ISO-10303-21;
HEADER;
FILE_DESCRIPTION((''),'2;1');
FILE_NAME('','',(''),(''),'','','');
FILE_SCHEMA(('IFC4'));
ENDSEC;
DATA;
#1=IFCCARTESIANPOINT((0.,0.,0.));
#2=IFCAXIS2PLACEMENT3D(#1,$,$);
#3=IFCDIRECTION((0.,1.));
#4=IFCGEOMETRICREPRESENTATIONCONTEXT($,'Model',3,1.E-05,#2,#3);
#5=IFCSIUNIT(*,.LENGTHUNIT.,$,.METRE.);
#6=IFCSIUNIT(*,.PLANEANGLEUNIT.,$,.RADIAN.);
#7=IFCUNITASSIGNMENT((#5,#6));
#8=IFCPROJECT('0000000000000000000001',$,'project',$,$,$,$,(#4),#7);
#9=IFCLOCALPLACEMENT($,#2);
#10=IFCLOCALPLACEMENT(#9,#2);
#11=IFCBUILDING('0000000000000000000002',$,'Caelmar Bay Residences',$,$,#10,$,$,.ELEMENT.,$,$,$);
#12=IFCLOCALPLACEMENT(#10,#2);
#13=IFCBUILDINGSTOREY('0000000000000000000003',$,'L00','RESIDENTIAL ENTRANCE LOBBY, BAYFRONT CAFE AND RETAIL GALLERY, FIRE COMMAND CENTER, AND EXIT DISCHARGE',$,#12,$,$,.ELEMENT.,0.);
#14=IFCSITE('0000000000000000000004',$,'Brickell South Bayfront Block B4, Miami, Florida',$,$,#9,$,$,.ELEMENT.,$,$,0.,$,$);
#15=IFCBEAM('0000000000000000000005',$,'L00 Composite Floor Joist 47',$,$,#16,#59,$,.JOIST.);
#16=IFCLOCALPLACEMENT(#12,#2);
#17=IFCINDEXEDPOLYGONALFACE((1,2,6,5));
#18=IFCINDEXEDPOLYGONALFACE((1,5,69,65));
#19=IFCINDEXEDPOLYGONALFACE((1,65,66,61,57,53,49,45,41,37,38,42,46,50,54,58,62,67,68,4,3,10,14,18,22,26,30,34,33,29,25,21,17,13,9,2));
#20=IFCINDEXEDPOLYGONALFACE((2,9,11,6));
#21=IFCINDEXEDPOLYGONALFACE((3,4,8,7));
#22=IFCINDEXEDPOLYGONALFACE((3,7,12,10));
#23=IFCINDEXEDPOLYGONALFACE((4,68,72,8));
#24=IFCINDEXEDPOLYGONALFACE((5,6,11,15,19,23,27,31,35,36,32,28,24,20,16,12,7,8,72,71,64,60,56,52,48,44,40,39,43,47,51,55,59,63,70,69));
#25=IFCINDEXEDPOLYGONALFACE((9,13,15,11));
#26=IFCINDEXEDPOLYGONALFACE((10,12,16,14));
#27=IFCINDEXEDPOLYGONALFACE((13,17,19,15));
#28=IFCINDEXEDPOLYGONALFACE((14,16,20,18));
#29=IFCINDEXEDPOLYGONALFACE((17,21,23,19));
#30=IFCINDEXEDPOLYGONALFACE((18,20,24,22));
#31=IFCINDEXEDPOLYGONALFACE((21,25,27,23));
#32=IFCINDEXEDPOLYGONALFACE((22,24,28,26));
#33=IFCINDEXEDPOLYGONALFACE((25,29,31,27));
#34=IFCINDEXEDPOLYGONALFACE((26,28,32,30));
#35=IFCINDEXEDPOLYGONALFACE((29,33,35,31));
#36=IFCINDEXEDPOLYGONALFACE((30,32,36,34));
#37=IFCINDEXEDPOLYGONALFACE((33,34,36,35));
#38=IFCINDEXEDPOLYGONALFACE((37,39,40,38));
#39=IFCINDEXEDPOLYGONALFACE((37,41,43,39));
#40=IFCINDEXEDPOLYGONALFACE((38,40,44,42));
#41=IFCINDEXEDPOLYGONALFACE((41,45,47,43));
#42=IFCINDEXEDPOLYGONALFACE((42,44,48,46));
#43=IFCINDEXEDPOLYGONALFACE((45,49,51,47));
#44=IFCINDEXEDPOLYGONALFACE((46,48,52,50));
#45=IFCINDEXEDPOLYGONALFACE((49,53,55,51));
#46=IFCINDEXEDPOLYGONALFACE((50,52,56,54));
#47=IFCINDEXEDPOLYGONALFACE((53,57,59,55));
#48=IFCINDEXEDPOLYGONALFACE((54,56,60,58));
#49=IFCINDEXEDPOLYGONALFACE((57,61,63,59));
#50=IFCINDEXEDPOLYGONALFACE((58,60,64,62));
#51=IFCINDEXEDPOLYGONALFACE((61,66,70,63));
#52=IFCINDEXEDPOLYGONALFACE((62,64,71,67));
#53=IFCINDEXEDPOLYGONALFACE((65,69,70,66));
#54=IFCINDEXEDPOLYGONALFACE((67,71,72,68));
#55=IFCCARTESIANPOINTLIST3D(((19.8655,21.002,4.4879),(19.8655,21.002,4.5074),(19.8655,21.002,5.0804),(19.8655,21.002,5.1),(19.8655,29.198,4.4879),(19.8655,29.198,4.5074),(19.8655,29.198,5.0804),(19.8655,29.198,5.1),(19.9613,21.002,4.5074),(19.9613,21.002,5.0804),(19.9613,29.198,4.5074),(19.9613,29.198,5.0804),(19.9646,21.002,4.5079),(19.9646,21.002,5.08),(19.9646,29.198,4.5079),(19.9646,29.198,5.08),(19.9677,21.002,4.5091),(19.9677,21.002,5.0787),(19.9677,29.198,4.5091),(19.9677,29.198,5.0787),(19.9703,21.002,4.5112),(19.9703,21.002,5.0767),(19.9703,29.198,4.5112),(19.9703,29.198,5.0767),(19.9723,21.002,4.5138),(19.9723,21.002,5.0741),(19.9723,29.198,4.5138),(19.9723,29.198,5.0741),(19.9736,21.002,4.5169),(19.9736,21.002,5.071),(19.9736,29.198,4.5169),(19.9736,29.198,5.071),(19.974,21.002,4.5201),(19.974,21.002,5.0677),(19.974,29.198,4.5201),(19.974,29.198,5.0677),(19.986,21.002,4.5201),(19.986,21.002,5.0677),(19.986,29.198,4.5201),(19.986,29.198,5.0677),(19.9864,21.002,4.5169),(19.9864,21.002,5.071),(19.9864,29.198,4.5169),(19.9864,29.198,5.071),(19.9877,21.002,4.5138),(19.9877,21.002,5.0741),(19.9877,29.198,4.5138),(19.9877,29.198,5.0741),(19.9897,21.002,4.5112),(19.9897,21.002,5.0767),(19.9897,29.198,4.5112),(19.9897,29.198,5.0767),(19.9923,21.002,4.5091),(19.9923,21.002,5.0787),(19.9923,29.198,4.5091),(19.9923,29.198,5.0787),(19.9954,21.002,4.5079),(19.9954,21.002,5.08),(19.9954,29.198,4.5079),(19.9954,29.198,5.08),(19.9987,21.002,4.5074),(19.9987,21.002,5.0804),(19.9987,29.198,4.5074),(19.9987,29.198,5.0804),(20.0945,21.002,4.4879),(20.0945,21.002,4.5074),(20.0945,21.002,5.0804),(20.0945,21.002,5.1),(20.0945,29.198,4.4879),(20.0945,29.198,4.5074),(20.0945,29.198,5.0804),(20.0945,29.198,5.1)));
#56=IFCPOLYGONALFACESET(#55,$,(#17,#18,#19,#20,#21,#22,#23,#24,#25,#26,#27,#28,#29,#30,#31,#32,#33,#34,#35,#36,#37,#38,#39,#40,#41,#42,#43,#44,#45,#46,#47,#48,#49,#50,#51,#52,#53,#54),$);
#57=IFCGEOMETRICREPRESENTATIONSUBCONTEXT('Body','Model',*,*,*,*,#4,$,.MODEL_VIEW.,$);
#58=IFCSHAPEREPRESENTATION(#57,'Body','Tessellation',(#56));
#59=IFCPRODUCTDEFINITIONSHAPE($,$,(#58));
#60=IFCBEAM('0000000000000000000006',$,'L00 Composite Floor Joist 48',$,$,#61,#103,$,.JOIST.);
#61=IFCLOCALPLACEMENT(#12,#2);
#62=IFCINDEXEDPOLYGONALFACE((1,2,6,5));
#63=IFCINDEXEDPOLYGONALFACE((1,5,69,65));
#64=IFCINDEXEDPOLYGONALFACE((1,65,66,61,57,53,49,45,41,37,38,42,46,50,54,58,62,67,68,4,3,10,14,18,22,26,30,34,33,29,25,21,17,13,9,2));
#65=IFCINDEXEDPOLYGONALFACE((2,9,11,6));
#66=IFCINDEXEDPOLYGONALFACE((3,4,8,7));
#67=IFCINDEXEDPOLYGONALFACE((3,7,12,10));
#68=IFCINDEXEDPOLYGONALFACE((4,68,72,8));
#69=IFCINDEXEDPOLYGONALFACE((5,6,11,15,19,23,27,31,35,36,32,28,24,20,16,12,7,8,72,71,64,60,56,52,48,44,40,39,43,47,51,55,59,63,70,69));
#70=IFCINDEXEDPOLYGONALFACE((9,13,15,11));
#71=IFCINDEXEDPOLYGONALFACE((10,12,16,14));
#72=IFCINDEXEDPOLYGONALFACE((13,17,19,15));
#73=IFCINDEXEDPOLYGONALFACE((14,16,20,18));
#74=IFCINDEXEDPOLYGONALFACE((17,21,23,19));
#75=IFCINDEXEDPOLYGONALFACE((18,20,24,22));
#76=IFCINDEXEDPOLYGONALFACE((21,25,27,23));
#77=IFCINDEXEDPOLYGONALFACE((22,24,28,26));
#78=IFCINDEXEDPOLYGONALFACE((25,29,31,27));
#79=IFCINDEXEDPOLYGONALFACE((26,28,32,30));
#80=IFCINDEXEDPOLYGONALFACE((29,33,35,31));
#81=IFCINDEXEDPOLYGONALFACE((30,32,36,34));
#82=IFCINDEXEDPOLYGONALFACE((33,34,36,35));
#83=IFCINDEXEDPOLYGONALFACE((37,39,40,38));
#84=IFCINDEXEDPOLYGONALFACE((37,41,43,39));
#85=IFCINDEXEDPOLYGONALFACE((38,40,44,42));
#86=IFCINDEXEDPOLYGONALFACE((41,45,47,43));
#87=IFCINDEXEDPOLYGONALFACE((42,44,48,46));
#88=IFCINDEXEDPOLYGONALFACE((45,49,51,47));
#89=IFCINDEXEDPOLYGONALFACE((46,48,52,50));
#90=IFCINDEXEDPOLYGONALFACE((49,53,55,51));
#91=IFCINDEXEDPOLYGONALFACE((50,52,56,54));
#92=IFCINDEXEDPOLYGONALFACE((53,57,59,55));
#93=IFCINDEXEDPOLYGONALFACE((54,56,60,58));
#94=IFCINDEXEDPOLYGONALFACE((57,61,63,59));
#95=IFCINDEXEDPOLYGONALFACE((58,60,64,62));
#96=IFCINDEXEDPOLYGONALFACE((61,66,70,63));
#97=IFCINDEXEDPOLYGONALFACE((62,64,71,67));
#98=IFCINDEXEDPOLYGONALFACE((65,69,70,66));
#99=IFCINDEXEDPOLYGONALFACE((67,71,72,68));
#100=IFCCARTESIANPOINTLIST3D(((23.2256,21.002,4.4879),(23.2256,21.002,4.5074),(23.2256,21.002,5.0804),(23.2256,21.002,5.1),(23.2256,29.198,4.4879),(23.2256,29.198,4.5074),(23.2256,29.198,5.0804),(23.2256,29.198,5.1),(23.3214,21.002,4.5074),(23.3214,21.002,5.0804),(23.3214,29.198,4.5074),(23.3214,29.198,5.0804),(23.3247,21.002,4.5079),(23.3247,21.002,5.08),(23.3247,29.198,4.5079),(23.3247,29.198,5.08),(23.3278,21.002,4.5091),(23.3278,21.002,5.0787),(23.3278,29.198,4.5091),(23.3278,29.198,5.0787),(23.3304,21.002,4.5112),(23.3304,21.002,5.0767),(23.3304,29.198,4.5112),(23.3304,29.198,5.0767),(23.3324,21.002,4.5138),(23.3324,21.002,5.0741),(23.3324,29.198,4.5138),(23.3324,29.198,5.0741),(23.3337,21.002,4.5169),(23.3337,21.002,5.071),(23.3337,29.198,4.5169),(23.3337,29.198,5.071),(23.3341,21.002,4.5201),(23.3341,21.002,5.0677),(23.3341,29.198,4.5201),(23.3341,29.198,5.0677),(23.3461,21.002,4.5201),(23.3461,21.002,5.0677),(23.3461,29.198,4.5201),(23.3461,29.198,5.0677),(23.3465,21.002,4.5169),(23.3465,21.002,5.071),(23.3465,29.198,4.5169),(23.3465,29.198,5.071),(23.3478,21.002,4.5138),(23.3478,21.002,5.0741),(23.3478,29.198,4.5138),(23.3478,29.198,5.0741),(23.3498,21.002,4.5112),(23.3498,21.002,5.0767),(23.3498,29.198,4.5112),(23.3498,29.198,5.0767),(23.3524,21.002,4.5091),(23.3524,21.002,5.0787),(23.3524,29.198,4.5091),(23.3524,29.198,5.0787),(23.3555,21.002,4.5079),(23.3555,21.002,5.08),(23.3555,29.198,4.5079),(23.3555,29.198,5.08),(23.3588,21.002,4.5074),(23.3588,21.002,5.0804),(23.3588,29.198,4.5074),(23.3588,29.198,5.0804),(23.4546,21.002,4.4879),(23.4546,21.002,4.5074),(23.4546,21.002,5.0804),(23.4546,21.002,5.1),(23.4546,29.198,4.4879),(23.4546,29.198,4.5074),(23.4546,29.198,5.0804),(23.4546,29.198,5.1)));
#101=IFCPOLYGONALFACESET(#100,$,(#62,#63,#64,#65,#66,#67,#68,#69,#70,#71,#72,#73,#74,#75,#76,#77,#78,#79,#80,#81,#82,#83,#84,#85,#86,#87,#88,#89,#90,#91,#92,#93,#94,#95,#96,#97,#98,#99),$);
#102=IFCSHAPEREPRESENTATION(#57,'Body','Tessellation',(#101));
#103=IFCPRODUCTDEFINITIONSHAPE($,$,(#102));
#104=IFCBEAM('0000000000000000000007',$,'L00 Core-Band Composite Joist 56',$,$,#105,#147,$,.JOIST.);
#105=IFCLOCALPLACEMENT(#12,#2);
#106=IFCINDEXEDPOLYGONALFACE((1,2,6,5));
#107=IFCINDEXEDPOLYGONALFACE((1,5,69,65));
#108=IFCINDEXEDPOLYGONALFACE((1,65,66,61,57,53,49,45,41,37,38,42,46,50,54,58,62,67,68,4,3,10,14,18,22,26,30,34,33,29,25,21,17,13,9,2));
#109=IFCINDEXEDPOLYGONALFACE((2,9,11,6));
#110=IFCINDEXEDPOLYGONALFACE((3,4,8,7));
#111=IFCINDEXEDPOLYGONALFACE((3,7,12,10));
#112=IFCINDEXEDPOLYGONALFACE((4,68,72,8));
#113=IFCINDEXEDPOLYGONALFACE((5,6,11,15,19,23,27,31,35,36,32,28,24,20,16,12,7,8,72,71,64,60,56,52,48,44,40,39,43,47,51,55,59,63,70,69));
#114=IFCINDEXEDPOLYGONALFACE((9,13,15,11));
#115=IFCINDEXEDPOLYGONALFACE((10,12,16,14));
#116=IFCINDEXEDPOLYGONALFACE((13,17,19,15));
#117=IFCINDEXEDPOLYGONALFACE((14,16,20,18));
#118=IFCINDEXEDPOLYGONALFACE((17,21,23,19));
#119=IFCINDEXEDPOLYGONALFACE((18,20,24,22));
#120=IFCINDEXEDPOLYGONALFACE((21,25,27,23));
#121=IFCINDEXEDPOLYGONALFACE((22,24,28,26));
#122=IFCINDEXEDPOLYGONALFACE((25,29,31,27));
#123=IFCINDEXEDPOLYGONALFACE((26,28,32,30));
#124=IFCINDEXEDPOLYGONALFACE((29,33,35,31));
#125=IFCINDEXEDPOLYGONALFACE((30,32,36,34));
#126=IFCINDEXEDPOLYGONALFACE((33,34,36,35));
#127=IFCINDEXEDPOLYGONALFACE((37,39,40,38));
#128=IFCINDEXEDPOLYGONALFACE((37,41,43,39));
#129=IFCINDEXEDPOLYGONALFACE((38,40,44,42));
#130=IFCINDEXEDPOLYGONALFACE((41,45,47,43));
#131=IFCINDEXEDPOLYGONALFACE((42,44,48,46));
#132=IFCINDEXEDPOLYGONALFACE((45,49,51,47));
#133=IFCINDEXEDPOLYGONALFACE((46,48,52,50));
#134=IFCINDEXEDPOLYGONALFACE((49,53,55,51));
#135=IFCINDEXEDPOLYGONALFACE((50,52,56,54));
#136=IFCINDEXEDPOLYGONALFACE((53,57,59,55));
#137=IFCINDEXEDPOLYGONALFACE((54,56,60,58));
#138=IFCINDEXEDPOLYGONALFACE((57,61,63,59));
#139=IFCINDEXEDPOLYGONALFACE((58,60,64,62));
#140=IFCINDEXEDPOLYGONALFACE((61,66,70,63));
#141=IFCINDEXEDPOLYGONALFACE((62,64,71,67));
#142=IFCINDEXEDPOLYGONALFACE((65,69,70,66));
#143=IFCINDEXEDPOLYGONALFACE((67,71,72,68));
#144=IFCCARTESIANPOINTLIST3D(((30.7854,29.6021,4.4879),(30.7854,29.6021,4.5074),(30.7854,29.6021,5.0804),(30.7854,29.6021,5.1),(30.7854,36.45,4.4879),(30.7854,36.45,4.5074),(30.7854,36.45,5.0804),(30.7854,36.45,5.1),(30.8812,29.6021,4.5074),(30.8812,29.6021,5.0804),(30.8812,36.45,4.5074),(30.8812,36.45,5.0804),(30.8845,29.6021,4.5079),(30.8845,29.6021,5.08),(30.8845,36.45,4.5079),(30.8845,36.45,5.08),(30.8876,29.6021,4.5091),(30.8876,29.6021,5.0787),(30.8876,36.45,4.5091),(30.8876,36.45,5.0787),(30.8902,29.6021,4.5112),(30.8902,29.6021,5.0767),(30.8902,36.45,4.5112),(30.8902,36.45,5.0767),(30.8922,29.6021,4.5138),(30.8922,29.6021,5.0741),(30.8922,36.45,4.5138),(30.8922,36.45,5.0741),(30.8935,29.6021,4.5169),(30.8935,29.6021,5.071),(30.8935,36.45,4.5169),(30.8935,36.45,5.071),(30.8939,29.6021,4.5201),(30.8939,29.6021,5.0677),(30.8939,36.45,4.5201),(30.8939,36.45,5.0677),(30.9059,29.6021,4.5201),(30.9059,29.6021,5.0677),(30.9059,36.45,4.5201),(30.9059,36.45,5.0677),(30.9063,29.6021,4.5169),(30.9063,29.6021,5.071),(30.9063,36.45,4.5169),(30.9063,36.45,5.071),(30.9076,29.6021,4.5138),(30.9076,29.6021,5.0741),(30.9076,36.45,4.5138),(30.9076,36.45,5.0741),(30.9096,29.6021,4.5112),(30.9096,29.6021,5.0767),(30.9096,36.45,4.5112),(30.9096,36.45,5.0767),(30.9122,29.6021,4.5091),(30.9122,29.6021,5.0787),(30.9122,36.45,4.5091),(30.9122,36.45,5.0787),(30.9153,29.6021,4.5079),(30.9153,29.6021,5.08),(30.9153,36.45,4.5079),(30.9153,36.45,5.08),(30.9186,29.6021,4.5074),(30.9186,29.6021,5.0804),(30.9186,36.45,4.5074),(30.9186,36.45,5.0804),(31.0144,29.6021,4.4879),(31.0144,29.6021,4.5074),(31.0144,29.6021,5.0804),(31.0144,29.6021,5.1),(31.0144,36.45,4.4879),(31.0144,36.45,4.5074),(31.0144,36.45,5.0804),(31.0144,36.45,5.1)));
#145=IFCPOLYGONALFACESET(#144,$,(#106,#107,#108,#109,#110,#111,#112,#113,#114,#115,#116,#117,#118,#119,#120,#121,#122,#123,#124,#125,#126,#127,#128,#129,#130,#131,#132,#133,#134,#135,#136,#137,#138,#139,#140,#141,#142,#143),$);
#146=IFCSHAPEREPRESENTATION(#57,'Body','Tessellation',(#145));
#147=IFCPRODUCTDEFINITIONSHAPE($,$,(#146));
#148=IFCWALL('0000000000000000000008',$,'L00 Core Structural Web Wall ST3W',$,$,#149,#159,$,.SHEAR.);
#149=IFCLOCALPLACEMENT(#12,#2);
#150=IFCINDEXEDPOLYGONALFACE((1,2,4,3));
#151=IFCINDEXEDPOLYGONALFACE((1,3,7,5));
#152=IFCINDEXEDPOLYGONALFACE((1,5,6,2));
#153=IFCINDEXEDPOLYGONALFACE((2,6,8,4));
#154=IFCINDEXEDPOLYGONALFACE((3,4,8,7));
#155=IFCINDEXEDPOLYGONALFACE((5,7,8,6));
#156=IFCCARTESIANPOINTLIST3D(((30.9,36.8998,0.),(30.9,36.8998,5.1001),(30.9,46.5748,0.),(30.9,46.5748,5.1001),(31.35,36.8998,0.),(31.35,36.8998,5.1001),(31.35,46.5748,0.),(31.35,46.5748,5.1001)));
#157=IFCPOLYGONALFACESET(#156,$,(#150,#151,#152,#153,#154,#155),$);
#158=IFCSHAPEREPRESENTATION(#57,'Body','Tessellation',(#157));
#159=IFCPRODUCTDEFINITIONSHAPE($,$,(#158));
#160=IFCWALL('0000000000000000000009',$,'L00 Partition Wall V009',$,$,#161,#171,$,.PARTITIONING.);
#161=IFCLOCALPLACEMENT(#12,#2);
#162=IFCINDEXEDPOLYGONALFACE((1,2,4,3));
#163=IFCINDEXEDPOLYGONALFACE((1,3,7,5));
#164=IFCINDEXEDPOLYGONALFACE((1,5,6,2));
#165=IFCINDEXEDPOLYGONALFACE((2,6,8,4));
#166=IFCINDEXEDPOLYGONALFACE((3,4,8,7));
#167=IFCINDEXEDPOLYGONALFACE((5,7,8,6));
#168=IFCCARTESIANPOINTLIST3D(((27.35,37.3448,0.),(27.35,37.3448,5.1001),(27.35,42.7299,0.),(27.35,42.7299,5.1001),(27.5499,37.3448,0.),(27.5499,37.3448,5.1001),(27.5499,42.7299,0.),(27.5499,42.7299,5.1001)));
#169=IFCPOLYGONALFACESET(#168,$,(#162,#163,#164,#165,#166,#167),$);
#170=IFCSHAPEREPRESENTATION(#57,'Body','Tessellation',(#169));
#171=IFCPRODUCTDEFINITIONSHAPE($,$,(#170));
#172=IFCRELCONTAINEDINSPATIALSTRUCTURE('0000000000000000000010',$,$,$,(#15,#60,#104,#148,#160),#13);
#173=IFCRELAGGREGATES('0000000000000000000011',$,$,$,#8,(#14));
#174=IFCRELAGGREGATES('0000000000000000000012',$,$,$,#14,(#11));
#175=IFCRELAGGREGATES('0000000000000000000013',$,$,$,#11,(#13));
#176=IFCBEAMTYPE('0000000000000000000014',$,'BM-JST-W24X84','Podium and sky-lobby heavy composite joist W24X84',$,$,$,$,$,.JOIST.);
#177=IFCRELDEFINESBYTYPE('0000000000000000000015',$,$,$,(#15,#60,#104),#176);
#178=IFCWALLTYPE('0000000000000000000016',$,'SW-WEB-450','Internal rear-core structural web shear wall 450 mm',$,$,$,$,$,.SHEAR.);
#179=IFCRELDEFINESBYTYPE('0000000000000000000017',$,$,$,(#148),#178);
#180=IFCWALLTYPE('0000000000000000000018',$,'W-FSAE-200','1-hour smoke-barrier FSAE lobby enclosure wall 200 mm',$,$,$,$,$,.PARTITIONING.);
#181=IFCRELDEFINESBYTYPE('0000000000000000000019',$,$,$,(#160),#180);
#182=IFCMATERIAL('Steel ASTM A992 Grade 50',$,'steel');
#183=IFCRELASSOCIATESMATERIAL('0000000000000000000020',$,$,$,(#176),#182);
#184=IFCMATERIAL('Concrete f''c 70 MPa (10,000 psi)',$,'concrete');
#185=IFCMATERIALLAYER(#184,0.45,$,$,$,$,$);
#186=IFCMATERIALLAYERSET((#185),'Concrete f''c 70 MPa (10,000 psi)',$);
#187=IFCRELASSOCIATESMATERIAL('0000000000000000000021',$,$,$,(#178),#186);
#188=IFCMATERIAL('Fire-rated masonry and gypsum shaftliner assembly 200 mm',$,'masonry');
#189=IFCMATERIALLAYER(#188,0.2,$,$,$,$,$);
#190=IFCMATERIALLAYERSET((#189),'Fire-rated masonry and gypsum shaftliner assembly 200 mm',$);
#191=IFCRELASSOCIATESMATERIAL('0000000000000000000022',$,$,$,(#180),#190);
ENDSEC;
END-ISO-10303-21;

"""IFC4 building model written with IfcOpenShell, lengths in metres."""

from ifc_helpers import new_model, si_unit, direction, frame, frame_2d, origin, origin_2d, place, context, subcontext, project, spatial, rectangle, i_section, extrude, material, layer, layer_set, material_profile, profile_set, type_object, element, save


model = new_model("IFC4")

# Units and contexts
model_context = context("Model", 3, precision=1e-05, world=origin(), true_north=direction((0.0, 1.0)))
body_context = subcontext(model_context, "Body", "Model", "MODEL_VIEW")
ifc_project = project(units=[si_unit("LENGTHUNIT", "METRE"), si_unit("PLANEANGLEUNIT", "RADIAN")], contexts=[model_context])

# Site, building, storey
site_placement = place(None, origin())
site = spatial("IfcSite", under=ifc_project, at=site_placement, Name="Brickell South Bayfront Block B4, Miami, Florida", CompositionType="ELEMENT", RefElevation=0.0)
building_placement = place(site_placement, origin())
building = spatial("IfcBuilding", under=site, at=building_placement, Name="Caelmar Bay Residences", CompositionType="ELEMENT")
storey_placement = place(building_placement, origin())
storey = spatial("IfcBuildingStorey", under=building, at=storey_placement, Name="L00", Description="RESIDENTIAL ENTRANCE LOBBY, BAYFRONT CAFE AND RETAIL GALLERY, FIRE COMMAND CENTER, AND EXIT DISCHARGE", CompositionType="ELEMENT", Elevation=0.0)

# Shared definitions
ifc_material_1 = material(Name="Concrete f'c 70 MPa (10,000 psi)", Category="concrete")

# Beams
ifc_material_2 = material(Name="Steel ASTM A992 Grade 50", Category="steel")
ifc_material_profile_1 = material_profile(ifc_material_2, i_section(OverallWidth=0.229, OverallDepth=0.6121, WebThickness=0.012, FlangeThickness=0.0195, FilletRadius=0.0127, at=origin_2d()), Name="W24X84")
ifc_profile_set_1 = profile_set([ifc_material_profile_1], Name="Steel ASTM A992 Grade 50")
beam_type_1 = type_object("IfcBeamType", Name="BM-JST-W24X84", Description="Podium and sky-lobby heavy composite joist W24X84", PredefinedType="JOIST", material=ifc_profile_set_1)
for number, where, z_axis, x_axis, name in (
    (1, (19.98, 21.002, 4.7939), (0.0, 1.0, 0.0), (-1.0, 0.0, 0.0), "L00 Composite Floor Joist 47"),
    (2, (23.3401, 21.002, 4.7939), (0.0, 1.0, 0.0), (-1.0, 0.0, 0.0), "L00 Composite Floor Joist 48"),
):
    element("IfcBeam", number, at=place(storey_placement, frame(where, z_axis=z_axis, x_axis=x_axis)), inside=storey, type_object=beam_type_1, Name=name, PredefinedType="JOIST", context=body_context, shape_type="SweptSolid", body=[
        extrude(i_section(OverallWidth=0.229, OverallDepth=0.6121, WebThickness=0.012, FlangeThickness=0.0195, FilletRadius=0.0127, at=origin_2d()), origin(), (0.0, 0.0, 1.0), 8.196),
    ])
beam_1_placement = place(storey_placement, frame((30.8999, 29.6021, 4.7939), z_axis=(0.0, 1.0, 0.0), x_axis=(-1.0, 0.0, 0.0)))
element("IfcBeam", 3, at=beam_1_placement, inside=storey, type_object=beam_type_1, Name="L00 Core-Band Composite Joist 56", PredefinedType="JOIST", context=body_context, shape_type="SweptSolid", body=[
    extrude(i_section(OverallWidth=0.229, OverallDepth=0.6121, WebThickness=0.012, FlangeThickness=0.0195, FilletRadius=0.0127, at=origin_2d()), origin(), (0.0, 0.0, 1.0), 6.8479),
])

# Wall
ifc_layer_1 = layer(ifc_material_1, 0.45)
ifc_layer_set_1 = layer_set([ifc_layer_1], Name="Concrete f'c 70 MPa (10,000 psi)")
wall_type_1 = type_object("IfcWallType", Name="SW-WEB-450", Description="Internal rear-core structural web shear wall 450 mm", PredefinedType="SHEAR", material=ifc_layer_set_1)
wall_1_placement = place(storey_placement, frame((31.125, 36.8999, 0.0), z_axis=(0.0, 0.0, 1.0), x_axis=(0.0, 1.0, 0.0)))
element("IfcWall", 4, at=wall_1_placement, inside=storey, type_object=wall_type_1, Name="L00 Core Structural Web Wall ST3W", PredefinedType="SHEAR", context=body_context, shape_type="SweptSolid", body=[
    extrude(rectangle(XDim=9.675, YDim=0.45, at=frame_2d((4.8374, 0.0))), origin(), (0.0, 0.0, 1.0), 5.1001),
])

# Wall
ifc_material_3 = material(Name="Fire-rated masonry and gypsum shaftliner assembly 200 mm", Category="masonry")
ifc_layer_2 = layer(ifc_material_3, 0.2)
ifc_layer_set_2 = layer_set([ifc_layer_2], Name="Fire-rated masonry and gypsum shaftliner assembly 200 mm")
wall_type_2 = type_object("IfcWallType", Name="W-FSAE-200", Description="1-hour smoke-barrier FSAE lobby enclosure wall 200 mm", PredefinedType="PARTITIONING", material=ifc_layer_set_2)
wall_2_placement = place(storey_placement, frame((27.45, 37.345, 0.0), z_axis=(0.0, 0.0, 1.0), x_axis=(0.0, 1.0, 0.0)))
element("IfcWall", 5, at=wall_2_placement, inside=storey, type_object=wall_type_2, Name="L00 Partition Wall V009", PredefinedType="PARTITIONING", context=body_context, shape_type="SweptSolid", body=[
    extrude(rectangle(XDim=5.385, YDim=0.2, at=frame_2d((2.6924, 0.0))), origin(), (0.0, 0.0, 1.0), 5.1001),
])

save(model, "model.ifc")
